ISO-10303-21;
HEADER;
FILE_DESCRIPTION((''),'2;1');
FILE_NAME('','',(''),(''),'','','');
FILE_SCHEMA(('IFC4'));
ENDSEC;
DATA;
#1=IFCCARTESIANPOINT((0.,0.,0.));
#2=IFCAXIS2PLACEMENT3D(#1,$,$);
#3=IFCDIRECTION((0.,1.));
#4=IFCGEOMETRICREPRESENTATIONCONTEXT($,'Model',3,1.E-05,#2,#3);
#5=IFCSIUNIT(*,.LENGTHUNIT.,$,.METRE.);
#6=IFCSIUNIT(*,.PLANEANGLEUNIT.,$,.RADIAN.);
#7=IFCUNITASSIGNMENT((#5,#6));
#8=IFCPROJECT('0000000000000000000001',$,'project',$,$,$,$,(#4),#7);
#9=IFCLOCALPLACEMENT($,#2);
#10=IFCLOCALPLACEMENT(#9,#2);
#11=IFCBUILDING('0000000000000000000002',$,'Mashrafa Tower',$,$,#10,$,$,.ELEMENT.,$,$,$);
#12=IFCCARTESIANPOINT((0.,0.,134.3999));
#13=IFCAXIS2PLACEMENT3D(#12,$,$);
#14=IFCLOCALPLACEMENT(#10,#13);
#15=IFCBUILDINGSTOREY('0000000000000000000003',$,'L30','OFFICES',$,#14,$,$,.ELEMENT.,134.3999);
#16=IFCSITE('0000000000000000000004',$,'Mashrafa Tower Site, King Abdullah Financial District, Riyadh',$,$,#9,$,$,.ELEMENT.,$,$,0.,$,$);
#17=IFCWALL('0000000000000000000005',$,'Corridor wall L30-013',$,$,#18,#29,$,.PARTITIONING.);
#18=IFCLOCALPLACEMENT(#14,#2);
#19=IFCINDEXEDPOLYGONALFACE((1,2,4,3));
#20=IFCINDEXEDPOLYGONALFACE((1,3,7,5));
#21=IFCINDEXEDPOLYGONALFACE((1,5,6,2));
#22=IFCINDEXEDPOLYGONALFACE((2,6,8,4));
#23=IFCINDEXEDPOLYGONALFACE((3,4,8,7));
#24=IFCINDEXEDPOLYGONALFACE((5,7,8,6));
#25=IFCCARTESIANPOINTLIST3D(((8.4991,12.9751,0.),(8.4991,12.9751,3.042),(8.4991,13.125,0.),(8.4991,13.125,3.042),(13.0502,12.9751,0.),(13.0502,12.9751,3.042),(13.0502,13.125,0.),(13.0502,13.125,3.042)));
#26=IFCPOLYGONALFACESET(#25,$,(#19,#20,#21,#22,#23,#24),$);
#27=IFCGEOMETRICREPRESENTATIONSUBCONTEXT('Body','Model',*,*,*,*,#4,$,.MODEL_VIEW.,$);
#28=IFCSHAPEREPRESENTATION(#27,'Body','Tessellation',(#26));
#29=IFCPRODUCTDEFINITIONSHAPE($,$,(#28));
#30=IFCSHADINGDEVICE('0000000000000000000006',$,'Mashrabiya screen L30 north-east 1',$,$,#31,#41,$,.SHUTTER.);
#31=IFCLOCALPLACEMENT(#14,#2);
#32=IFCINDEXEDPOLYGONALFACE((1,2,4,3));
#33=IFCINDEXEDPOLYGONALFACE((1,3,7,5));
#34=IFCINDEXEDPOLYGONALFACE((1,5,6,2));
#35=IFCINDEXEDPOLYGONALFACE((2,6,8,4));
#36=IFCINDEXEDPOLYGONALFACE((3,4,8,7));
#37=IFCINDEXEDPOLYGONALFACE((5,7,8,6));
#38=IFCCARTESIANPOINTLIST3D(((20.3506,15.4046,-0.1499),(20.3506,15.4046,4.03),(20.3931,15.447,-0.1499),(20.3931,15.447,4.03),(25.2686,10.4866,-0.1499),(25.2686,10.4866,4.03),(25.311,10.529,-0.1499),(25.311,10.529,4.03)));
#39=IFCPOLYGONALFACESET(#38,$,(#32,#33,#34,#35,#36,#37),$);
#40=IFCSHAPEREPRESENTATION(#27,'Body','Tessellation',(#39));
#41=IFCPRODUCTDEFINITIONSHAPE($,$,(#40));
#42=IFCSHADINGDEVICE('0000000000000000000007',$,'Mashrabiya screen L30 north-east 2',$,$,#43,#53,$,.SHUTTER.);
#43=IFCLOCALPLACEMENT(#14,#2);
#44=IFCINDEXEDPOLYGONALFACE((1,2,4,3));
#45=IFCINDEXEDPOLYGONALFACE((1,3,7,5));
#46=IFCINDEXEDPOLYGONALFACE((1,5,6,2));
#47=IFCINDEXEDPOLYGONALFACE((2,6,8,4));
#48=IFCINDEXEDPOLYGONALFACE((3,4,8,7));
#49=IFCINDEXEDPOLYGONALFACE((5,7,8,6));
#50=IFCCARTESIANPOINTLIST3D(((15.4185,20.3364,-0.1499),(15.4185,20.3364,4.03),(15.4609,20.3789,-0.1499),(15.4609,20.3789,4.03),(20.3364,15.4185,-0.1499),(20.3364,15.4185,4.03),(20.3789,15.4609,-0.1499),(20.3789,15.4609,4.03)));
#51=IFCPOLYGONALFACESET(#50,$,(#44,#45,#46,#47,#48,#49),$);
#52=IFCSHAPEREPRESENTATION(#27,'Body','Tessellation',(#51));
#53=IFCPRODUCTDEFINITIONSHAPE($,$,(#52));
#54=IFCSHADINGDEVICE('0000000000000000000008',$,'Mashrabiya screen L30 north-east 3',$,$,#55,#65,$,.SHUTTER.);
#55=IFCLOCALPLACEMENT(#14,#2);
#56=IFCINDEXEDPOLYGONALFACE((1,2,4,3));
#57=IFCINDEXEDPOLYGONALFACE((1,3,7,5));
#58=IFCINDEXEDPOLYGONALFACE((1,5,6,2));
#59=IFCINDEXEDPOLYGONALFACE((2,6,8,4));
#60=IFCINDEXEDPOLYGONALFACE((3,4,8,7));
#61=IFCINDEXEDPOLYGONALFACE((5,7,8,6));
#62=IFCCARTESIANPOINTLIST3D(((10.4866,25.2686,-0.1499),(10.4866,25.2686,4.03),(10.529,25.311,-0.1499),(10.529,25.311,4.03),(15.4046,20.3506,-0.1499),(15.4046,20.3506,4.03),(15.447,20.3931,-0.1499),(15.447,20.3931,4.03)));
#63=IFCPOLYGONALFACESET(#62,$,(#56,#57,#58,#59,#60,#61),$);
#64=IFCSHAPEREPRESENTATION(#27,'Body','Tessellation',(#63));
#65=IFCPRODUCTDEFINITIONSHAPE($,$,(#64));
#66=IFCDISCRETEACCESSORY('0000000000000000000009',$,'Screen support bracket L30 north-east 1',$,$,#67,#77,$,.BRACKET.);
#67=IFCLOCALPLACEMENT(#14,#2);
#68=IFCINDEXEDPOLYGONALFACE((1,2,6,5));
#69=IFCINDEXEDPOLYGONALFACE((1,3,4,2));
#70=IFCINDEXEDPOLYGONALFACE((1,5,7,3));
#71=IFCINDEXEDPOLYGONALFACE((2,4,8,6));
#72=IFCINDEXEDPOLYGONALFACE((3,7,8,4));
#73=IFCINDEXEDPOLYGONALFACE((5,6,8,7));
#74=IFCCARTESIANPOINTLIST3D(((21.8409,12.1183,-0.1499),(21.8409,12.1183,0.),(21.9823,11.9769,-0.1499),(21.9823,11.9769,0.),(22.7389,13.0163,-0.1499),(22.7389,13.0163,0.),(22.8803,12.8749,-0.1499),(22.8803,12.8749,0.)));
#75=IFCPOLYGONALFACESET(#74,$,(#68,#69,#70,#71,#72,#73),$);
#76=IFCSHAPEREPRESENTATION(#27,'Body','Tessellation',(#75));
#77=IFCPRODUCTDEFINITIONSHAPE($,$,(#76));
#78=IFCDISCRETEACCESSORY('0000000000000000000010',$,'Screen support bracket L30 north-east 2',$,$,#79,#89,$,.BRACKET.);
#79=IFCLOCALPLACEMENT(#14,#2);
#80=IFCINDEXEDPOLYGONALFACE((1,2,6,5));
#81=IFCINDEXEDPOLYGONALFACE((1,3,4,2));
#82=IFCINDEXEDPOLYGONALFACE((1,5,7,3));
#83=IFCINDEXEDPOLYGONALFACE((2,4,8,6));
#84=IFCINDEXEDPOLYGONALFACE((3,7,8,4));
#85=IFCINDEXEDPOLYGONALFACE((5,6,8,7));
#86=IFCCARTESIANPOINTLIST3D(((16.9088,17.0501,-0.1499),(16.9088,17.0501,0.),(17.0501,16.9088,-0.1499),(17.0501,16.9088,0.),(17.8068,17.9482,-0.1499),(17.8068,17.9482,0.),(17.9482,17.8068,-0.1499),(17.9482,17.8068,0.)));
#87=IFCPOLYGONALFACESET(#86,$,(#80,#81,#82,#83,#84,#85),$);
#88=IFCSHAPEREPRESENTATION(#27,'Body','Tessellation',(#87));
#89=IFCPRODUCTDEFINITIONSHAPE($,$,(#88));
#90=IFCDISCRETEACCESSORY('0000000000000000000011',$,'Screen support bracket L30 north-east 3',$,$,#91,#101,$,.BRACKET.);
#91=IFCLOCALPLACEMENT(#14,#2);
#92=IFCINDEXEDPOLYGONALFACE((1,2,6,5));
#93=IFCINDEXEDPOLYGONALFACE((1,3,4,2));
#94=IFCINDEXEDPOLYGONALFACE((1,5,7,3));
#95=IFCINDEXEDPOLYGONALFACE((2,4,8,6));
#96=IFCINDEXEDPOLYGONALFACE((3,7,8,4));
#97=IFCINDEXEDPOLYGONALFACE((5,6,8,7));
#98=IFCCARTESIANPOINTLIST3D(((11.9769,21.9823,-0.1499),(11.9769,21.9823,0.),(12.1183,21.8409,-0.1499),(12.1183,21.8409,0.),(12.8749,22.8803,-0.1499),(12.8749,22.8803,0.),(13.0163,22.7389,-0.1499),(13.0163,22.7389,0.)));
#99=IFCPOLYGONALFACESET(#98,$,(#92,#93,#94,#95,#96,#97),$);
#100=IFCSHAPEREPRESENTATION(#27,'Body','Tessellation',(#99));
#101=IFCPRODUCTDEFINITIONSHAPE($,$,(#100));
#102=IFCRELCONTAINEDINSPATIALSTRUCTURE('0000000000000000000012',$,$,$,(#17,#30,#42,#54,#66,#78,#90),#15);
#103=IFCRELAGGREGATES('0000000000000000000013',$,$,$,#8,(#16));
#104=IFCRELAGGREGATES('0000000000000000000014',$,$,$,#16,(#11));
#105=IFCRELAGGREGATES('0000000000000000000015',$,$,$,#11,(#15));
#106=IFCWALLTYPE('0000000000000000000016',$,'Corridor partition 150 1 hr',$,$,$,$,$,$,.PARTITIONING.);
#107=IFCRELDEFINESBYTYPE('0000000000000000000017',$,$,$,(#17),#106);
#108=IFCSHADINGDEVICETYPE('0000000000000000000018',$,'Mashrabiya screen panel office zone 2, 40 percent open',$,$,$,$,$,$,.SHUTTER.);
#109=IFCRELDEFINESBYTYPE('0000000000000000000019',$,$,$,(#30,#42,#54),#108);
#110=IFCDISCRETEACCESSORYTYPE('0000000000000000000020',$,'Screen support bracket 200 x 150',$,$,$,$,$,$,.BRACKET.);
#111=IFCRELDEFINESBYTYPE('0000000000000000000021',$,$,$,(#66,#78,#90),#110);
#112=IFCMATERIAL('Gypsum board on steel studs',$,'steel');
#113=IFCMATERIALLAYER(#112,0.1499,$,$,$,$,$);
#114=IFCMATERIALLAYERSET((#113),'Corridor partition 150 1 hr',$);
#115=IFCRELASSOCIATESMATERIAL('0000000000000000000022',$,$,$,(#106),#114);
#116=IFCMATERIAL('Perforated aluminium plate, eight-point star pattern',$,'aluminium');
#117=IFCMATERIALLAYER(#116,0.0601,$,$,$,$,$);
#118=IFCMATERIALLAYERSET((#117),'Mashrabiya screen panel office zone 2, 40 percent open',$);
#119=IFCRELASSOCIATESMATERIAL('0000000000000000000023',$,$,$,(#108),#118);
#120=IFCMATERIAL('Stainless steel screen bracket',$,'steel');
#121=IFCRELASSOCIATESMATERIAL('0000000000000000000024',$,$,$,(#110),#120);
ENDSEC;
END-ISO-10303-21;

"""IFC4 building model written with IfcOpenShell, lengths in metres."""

from ifc_helpers import new_model, si_unit, direction, frame, frame_2d, origin, origin_2d, place, context, subcontext, project, spatial, rectangle, extrude, source, transform, mapped, material, layer, layer_set, type_object, type_shapes, element, save


model = new_model("IFC4")

# Units and contexts
model_context = context("Model", 3, precision=1e-05, world=origin(), true_north=direction((0.0, 1.0)))
body_context = subcontext(model_context, "Body", "Model", "MODEL_VIEW")
ifc_project = project(units=[si_unit("LENGTHUNIT", "METRE"), si_unit("PLANEANGLEUNIT", "RADIAN")], contexts=[model_context])

# Site, building, storey
site_placement = place(None, origin())
site = spatial("IfcSite", under=ifc_project, at=site_placement, Name="Mashrafa Tower Site, King Abdullah Financial District, Riyadh", CompositionType="ELEMENT", RefElevation=0.0)
building_placement = place(site_placement, origin())
building = spatial("IfcBuilding", under=site, at=building_placement, Name="Mashrafa Tower", CompositionType="ELEMENT")
storey_placement = place(building_placement, frame((0.0, 0.0, 134.3999)))
storey = spatial("IfcBuildingStorey", under=building, at=storey_placement, Name="L30", Description="OFFICES", CompositionType="ELEMENT", Elevation=134.3999)

# Wall
ifc_material_1 = material(Name="Gypsum board on steel studs", Category="steel")
ifc_layer_1 = layer(ifc_material_1, 0.1499)
ifc_layer_set_1 = layer_set([ifc_layer_1], Name="Corridor partition 150 1 hr")
wall_type = type_object("IfcWallType", Name="Corridor partition 150 1 hr", PredefinedType="PARTITIONING", material=ifc_layer_set_1)
wall_placement = place(storey_placement, frame((13.05, 13.05, 0.0), z_axis=(0.0, 0.0, 1.0), x_axis=(-1.0, 0.0, 0.0)))
element("IfcWall", 1, at=wall_placement, inside=storey, type_object=wall_type, Name="Corridor wall L30-013", PredefinedType="PARTITIONING", context=body_context, shape_type="SweptSolid", body=[
    extrude(rectangle(XDim=4.551, YDim=0.1499, at=frame_2d((2.2754, 0.0))), origin(), (0.0, 0.0, 1.0), 3.042),
])

# Shading devices
ifc_material_2 = material(Name="Perforated aluminium plate, eight-point star pattern", Category="aluminium")
ifc_layer_2 = layer(ifc_material_2, 0.0601)
ifc_layer_set_2 = layer_set([ifc_layer_2], Name="Mashrabiya screen panel office zone 2, 40 percent open")
shading_device_type = type_object("IfcShadingDeviceType", Name="Mashrabiya screen panel office zone 2, 40 percent open", PredefinedType="SHUTTER", material=ifc_layer_set_2)
shared_shape_1 = source(origin(), body_context, "Body", "SweptSolid", [
    extrude(rectangle(XDim=6.9551, YDim=0.0601, at=origin_2d()), origin(), (0.0, 0.0, 1.0), 4.1799),
])
type_shapes(shading_device_type, [shared_shape_1])
for number, where, z_axis, x_axis, name in (
    (2, (22.8308, 12.9668, -0.1499), (0.0, 0.0, 1.0), (-0.707107, 0.707107, 0.0), "Mashrabiya screen L30 north-east 1"),
    (3, (17.8987, 17.8987, -0.1499), (0.0, 0.0, 1.0), (-0.707107, 0.707107, 0.0), "Mashrabiya screen L30 north-east 2"),
    (4, (12.9668, 22.8308, -0.1499), (0.0, 0.0, 1.0), (-0.707107, 0.707107, 0.0), "Mashrabiya screen L30 north-east 3"),
):
    element("IfcShadingDevice", number, at=place(storey_placement, frame(where, z_axis=z_axis, x_axis=x_axis)), inside=storey, type_object=shading_device_type, Name=name, PredefinedType="SHUTTER", context=body_context, shape_type="MappedRepresentation", body=[
        mapped(shared_shape_1, transform((0.0, 0.0, 0.0))),
    ])

# Discrete accessories
ifc_material_3 = material(Name="Stainless steel screen bracket", Category="steel")
discrete_accessory_type = type_object("IfcDiscreteAccessoryType", Name="Screen support bracket 200 x 150", PredefinedType="BRACKET", material=ifc_material_3)
shared_shape_2 = source(origin(), body_context, "Body", "SweptSolid", [
    extrude(rectangle(XDim=0.2, YDim=1.27, at=origin_2d()), origin(), (0.0, 0.0, 1.0), 0.1499),
])
type_shapes(discrete_accessory_type, [shared_shape_2])
for number, where, z_axis, x_axis, name in (
    (5, (22.3606, 12.4966, -0.1499), (0.0, 0.0, 1.0), (-0.707107, 0.707107, 0.0), "Screen support bracket L30 north-east 1"),
    (6, (17.4285, 17.4285, -0.1499), (0.0, 0.0, 1.0), (-0.707107, 0.707107, 0.0), "Screen support bracket L30 north-east 2"),
    (7, (12.4966, 22.3606, -0.1499), (0.0, 0.0, 1.0), (-0.707107, 0.707107, 0.0), "Screen support bracket L30 north-east 3"),
):
    element("IfcDiscreteAccessory", number, at=place(storey_placement, frame(where, z_axis=z_axis, x_axis=x_axis)), inside=storey, type_object=discrete_accessory_type, Name=name, PredefinedType="BRACKET", context=body_context, shape_type="MappedRepresentation", body=[
        mapped(shared_shape_2, transform((0.0, 0.0, 0.0))),
    ])

save(model, "model.ifc")
